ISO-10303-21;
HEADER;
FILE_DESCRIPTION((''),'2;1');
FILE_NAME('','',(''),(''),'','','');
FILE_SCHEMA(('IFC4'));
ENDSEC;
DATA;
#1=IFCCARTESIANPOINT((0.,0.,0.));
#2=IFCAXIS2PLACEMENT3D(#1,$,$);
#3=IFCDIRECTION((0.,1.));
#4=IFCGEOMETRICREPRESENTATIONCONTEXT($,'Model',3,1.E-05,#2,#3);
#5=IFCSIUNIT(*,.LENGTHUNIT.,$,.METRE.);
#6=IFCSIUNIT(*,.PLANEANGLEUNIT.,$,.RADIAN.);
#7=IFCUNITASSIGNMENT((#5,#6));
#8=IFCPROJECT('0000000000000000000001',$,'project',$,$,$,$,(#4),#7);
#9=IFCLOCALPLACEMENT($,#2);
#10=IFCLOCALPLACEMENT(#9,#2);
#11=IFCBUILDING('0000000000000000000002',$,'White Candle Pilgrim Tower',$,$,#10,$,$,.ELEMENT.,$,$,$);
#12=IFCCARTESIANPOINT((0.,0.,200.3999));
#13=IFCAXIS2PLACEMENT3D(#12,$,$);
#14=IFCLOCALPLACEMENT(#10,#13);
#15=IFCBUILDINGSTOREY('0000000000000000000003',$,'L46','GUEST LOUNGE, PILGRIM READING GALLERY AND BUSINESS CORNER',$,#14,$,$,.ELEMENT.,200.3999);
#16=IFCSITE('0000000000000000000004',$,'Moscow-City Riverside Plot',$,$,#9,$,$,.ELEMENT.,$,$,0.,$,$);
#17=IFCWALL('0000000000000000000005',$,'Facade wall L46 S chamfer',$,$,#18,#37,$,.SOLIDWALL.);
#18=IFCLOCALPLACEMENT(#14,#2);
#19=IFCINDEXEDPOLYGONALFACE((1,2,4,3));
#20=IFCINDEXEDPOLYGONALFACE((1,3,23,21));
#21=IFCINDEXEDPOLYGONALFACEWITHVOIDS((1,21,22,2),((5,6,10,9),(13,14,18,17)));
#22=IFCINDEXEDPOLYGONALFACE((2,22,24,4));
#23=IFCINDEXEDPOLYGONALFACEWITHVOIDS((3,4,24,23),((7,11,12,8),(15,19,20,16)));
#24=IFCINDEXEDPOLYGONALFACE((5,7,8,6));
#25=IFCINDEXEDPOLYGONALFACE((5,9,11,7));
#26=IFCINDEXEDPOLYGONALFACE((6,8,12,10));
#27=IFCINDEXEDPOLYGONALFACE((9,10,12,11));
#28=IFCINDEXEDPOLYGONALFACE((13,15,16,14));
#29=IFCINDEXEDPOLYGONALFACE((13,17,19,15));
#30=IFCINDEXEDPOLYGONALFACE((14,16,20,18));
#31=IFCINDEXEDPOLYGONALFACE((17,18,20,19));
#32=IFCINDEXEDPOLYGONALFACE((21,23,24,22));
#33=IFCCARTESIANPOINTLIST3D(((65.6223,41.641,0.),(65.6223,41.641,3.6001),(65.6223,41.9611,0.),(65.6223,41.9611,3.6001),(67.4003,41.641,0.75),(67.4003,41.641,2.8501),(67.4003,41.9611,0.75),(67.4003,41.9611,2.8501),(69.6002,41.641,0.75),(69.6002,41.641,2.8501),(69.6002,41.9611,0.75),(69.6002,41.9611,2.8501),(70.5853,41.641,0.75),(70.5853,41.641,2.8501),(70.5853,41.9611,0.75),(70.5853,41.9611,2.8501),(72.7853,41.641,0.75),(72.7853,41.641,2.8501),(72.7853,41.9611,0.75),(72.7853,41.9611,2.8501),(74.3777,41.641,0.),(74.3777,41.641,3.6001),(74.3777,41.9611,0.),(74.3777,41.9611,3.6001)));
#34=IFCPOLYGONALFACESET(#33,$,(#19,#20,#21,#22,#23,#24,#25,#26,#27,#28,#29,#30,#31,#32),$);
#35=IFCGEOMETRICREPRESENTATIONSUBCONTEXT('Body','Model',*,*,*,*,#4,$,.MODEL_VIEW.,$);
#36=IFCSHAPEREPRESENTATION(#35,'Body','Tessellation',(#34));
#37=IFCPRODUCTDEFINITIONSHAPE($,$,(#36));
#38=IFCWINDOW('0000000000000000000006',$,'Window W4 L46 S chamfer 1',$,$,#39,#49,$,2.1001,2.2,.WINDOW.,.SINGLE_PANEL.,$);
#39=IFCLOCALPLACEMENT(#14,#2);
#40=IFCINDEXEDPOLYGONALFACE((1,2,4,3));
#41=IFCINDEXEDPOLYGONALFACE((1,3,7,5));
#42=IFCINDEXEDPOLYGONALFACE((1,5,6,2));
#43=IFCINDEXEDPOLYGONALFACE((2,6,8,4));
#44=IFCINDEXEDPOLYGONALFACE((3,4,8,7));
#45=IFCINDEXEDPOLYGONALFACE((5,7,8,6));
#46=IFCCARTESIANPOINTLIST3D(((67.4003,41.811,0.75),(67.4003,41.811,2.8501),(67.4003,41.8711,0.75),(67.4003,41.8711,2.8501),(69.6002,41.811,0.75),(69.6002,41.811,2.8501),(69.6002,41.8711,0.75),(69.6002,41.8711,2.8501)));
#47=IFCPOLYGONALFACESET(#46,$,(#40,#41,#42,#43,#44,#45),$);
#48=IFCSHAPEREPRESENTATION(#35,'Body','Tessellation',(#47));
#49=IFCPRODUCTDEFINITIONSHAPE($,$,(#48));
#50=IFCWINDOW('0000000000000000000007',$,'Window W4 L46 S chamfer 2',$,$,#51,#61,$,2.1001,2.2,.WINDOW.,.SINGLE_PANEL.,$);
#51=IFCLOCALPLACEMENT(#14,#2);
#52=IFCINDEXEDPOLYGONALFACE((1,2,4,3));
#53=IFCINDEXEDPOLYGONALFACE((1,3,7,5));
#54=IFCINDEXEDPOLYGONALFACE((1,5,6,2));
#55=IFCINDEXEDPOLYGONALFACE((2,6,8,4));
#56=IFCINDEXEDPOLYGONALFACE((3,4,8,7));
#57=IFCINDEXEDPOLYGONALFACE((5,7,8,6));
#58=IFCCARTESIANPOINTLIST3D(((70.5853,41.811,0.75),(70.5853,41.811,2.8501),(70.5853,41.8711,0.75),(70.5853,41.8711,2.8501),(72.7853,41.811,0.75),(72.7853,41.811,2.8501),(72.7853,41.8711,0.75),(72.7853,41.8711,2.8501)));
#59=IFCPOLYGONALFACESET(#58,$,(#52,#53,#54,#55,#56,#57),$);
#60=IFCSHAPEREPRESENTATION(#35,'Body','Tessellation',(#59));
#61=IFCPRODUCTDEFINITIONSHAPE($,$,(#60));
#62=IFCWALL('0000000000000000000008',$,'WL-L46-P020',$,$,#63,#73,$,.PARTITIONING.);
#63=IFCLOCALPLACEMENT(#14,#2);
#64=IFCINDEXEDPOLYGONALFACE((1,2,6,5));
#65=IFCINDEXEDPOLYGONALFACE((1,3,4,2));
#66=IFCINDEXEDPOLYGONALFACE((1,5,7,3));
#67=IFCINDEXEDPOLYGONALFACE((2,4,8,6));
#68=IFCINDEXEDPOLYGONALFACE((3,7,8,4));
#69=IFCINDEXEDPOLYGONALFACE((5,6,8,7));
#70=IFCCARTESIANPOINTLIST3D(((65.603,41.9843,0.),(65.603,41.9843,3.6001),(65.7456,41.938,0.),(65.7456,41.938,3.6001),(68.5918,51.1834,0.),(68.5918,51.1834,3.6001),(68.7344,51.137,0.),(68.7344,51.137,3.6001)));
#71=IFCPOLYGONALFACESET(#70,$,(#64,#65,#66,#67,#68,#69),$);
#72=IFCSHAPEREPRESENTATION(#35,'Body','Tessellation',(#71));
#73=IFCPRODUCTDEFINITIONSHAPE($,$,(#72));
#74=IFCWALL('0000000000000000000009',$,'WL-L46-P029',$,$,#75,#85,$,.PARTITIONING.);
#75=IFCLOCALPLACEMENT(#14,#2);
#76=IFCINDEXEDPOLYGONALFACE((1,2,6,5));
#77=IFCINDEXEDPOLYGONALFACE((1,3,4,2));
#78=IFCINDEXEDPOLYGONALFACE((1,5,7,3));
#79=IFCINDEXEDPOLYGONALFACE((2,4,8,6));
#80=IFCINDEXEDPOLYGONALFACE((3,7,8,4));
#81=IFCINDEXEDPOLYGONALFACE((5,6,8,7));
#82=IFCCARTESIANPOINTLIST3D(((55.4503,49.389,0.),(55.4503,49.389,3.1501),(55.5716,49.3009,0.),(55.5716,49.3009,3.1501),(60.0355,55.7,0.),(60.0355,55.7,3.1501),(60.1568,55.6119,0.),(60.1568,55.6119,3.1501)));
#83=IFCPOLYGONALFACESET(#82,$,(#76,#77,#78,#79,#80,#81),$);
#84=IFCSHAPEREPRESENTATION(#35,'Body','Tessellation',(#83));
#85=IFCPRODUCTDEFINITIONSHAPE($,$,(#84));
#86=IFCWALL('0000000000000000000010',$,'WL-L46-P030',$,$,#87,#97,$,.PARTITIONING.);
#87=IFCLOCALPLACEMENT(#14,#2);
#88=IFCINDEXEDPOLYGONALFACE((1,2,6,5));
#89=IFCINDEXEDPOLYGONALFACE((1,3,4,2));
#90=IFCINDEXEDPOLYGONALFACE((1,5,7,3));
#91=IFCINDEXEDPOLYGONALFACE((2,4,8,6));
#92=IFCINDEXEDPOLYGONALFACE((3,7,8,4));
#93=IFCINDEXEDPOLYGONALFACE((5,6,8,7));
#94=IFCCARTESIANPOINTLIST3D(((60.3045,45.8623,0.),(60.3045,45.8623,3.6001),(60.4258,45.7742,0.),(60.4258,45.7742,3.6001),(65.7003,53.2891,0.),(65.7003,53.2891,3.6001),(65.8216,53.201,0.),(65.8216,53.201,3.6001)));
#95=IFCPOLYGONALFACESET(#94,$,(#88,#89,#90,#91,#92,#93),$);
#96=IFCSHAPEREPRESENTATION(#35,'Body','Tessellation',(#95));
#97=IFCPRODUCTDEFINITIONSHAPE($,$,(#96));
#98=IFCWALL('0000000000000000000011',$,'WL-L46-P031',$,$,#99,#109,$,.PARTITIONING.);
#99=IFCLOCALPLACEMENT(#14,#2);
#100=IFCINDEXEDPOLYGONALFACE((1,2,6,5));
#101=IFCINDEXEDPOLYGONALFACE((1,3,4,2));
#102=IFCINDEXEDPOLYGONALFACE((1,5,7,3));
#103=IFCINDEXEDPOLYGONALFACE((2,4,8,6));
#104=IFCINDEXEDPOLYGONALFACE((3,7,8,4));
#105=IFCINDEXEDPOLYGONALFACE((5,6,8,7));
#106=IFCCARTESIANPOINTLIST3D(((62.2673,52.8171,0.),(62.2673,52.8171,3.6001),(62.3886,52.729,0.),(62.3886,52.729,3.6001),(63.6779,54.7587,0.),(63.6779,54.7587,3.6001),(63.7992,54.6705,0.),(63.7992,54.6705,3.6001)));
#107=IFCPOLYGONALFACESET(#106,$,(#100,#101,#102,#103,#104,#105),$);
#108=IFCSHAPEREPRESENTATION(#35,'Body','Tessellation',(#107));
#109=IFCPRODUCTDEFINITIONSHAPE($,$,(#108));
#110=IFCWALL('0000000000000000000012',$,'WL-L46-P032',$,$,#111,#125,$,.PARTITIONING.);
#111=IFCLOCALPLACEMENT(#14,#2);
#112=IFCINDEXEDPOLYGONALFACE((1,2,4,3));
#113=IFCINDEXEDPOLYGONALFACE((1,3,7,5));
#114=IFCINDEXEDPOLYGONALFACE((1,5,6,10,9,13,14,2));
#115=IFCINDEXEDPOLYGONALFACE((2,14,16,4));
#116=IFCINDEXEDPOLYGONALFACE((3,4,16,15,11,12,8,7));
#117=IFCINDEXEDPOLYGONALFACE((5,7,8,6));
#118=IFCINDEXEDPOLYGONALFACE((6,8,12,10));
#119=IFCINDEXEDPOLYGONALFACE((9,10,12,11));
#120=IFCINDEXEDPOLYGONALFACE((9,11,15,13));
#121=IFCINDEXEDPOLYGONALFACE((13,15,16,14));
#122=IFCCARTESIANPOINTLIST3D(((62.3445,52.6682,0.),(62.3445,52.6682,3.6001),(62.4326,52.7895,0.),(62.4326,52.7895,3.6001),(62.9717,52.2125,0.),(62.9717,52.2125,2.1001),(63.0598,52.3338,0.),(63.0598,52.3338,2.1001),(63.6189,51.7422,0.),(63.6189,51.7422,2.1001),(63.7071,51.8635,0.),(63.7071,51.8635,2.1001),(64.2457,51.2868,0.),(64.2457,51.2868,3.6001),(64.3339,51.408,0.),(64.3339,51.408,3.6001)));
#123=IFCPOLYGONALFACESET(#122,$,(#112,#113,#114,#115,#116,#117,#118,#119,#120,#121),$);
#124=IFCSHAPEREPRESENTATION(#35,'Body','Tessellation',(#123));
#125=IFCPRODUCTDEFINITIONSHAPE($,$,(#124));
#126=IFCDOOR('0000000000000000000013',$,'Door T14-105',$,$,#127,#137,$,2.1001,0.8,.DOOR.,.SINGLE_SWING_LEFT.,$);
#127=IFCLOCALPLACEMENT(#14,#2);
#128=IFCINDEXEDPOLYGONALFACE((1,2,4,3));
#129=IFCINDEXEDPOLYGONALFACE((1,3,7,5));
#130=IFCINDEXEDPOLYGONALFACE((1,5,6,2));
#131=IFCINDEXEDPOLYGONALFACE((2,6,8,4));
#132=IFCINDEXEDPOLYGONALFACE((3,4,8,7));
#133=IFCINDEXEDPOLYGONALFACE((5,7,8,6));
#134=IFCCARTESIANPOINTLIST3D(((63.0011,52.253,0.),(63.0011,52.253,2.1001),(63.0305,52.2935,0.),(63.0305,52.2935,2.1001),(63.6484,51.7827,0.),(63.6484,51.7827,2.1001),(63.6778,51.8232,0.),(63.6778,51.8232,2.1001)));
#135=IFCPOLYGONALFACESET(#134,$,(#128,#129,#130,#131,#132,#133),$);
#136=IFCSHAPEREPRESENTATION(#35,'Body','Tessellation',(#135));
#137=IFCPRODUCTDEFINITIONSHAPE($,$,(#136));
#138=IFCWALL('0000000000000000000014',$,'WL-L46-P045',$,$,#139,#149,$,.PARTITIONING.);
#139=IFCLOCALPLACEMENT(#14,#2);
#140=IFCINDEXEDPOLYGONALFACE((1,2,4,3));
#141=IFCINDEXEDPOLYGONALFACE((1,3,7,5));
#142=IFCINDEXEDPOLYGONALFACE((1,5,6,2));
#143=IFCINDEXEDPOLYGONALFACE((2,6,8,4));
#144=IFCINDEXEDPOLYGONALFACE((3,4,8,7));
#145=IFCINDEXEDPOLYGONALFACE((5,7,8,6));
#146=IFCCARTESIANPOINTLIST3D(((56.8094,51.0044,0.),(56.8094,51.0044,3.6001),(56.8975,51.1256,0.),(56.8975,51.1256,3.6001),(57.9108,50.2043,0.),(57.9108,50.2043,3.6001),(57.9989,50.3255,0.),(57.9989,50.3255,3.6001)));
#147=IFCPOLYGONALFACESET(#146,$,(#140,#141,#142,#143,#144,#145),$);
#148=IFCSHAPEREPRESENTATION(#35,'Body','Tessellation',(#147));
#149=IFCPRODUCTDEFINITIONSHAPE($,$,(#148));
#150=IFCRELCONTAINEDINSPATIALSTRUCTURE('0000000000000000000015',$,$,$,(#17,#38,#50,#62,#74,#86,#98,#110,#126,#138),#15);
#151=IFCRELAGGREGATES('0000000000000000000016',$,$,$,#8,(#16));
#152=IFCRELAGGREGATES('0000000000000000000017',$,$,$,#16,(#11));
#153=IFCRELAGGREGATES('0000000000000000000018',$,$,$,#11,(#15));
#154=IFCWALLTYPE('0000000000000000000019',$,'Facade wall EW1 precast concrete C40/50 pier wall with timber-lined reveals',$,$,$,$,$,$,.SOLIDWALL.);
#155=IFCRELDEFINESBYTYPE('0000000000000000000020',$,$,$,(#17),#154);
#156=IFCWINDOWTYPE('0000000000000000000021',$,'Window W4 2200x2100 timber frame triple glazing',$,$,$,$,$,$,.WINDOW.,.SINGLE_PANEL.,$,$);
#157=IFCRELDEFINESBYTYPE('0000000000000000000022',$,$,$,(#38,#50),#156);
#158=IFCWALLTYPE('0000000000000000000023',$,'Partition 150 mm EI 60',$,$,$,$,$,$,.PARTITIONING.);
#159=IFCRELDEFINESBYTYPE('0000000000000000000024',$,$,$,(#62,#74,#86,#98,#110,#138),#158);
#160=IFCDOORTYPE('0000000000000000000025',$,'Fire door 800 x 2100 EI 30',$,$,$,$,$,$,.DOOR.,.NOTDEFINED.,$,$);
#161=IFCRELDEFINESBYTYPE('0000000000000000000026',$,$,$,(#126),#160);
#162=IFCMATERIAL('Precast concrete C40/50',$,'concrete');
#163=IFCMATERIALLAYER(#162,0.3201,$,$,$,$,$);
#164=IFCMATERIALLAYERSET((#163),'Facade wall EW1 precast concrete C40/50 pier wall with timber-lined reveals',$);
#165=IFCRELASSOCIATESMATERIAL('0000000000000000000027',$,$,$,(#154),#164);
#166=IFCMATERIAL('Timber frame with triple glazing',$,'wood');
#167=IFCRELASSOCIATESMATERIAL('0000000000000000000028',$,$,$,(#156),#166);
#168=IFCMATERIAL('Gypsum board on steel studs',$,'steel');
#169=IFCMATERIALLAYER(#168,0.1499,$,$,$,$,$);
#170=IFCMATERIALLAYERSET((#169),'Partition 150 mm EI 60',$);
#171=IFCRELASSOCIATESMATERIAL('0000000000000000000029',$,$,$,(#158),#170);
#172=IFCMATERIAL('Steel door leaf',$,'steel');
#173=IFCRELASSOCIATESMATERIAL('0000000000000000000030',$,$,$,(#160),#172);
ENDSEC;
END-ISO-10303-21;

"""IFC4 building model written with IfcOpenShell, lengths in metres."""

from ifc_helpers import new_model, si_unit, direction, frame, frame_2d, origin, place, context, subcontext, project, spatial, rectangle, extrude, material, layer, layer_set, type_object, element, fill, save


model = new_model("IFC4")

# Units and contexts
model_context = context("Model", 3, precision=1e-05, world=origin(), true_north=direction((0.0, 1.0)))
body_context = subcontext(model_context, "Body", "Model", "MODEL_VIEW")
ifc_project = project(units=[si_unit("LENGTHUNIT", "METRE"), si_unit("PLANEANGLEUNIT", "RADIAN")], contexts=[model_context])

# Site, building, storey
site_placement = place(None, origin())
site = spatial("IfcSite", under=ifc_project, at=site_placement, Name="Moscow-City Riverside Plot", CompositionType="ELEMENT", RefElevation=0.0)
building_placement = place(site_placement, origin())
building = spatial("IfcBuilding", under=site, at=building_placement, Name="White Candle Pilgrim Tower", CompositionType="ELEMENT")
storey_placement = place(building_placement, frame((0.0, 0.0, 200.3999)))
storey = spatial("IfcBuildingStorey", under=building, at=storey_placement, Name="L46", Description="GUEST LOUNGE, PILGRIM READING GALLERY AND BUSINESS CORNER", CompositionType="ELEMENT", Elevation=200.3999)

# Shared definitions
ifc_material_1 = material(Name="Gypsum board on steel studs", Category="steel")
ifc_material_2 = material(Name="Steel door leaf", Category="steel")

# Wall, openings, windows
ifc_material_3 = material(Name="Precast concrete C40/50", Category="concrete")
ifc_layer_1 = layer(ifc_material_3, 0.3201)
ifc_layer_set_1 = layer_set([ifc_layer_1], Name="Facade wall EW1 precast concrete C40/50 pier wall with timber-lined reveals")
wall_type_1 = type_object("IfcWallType", Name="Facade wall EW1 precast concrete C40/50 pier wall with timber-lined reveals", PredefinedType="SOLIDWALL", material=ifc_layer_set_1)
wall_1_placement = place(storey_placement, frame((65.6223, 41.801, 0.0), z_axis=(0.0, 0.0, 1.0), x_axis=(1.0, 0.0, 0.0)))
wall_1 = element("IfcWall", 1, at=wall_1_placement, inside=storey, type_object=wall_type_1, Name="Facade wall L46 S chamfer", PredefinedType="SOLIDWALL", context=body_context, shape_type="SweptSolid", body=[
    extrude(rectangle(XDim=8.7554, YDim=0.3201, at=frame_2d((4.3777, 0.0))), origin(), (0.0, 0.0, 1.0), 3.6001),
])
opening_1_placement = place(wall_1_placement, frame((1.7778, 0.0, 0.75)))
opening_1 = element("IfcOpeningElement", 2, at=opening_1_placement, cuts=wall_1, PredefinedType="OPENING", context=body_context, shape_type="SweptSolid", body=[
    extrude(rectangle(XDim=2.2, YDim=2.1001, at=frame_2d((1.1001, 1.05))), frame((0.0, 0.1699, 0.0), z_axis=(0.0, -1.0, 0.0), x_axis=(1.0, 0.0, 0.0)), (0.0, 0.0, 1.0), 0.3401),
])
opening_2_placement = place(wall_1_placement, frame((4.9629, 0.0, 0.75)))
opening_2 = element("IfcOpeningElement", 3, at=opening_2_placement, cuts=wall_1, PredefinedType="OPENING", context=body_context, shape_type="SweptSolid", body=[
    extrude(rectangle(XDim=2.2, YDim=2.1001, at=frame_2d((1.1001, 1.05))), frame((0.0, 0.1699, 0.0), z_axis=(0.0, -1.0, 0.0), x_axis=(1.0, 0.0, 0.0)), (0.0, 0.0, 1.0), 0.3401),
])
ifc_material_4 = material(Name="Timber frame with triple glazing", Category="wood")
window_type = type_object("IfcWindowType", Name="Window W4 2200x2100 timber frame triple glazing", PartitioningType="SINGLE_PANEL", PredefinedType="WINDOW", material=ifc_material_4)
window_1_placement = place(opening_1_placement, origin())
window_1 = element("IfcWindow", 4, at=window_1_placement, inside=storey, type_object=window_type, Name="Window W4 L46 S chamfer 1", OverallHeight=2.1001, OverallWidth=2.2, PartitioningType="SINGLE_PANEL", PredefinedType="WINDOW", context=body_context, shape_type="SweptSolid", body=[
    extrude(rectangle(XDim=2.2, YDim=2.1001, at=frame_2d((1.1001, 1.05))), frame((0.0, 0.0701, 0.0), z_axis=(0.0, -1.0, 0.0), x_axis=(1.0, 0.0, 0.0)), (0.0, 0.0, 1.0), 0.0601),
])
fill(opening_1, window_1)
window_2_placement = place(opening_2_placement, origin())
window_2 = element("IfcWindow", 5, at=window_2_placement, inside=storey, type_object=window_type, Name="Window W4 L46 S chamfer 2", OverallHeight=2.1001, OverallWidth=2.2, PartitioningType="SINGLE_PANEL", PredefinedType="WINDOW", context=body_context, shape_type="SweptSolid", body=[
    extrude(rectangle(XDim=2.2, YDim=2.1001, at=frame_2d((1.1001, 1.05))), frame((0.0, 0.0701, 0.0), z_axis=(0.0, -1.0, 0.0), x_axis=(1.0, 0.0, 0.0)), (0.0, 0.0, 1.0), 0.0601),
])
fill(opening_2, window_2)

# Walls
ifc_layer_2 = layer(ifc_material_1, 0.1499)
ifc_layer_set_2 = layer_set([ifc_layer_2], Name="Partition 150 mm EI 60")
wall_type_2 = type_object("IfcWallType", Name="Partition 150 mm EI 60", PredefinedType="PARTITIONING", material=ifc_layer_set_2)
wall_2_placement = place(storey_placement, frame((65.6743, 41.9612, 0.0), z_axis=(0.0, 0.0, 1.0), x_axis=(0.309002, 0.951061, 0.0)))
element("IfcWall", 6, at=wall_2_placement, inside=storey, type_object=wall_type_2, Name="WL-L46-P020", PredefinedType="PARTITIONING", context=body_context, shape_type="SweptSolid", body=[
    extrude(rectangle(XDim=9.6724, YDim=0.1499, at=frame_2d((4.8362, 0.0))), origin(), (0.0, 0.0, 1.0), 3.6001),
])
wall_3_placement = place(storey_placement, frame((55.511, 49.345, 0.0), z_axis=(0.0, 0.0, 1.0), x_axis=(0.587783, 0.809019, 0.0)))
element("IfcWall", 7, at=wall_3_placement, inside=storey, type_object=wall_type_2, Name="WL-L46-P029", PredefinedType="PARTITIONING", context=body_context, shape_type="SweptSolid", body=[
    extrude(rectangle(XDim=7.8008, YDim=0.1499, at=frame_2d((3.9004, 0.0))), origin(), (0.0, 0.0, 1.0), 3.1501),
])
wall_4_placement = place(storey_placement, frame((60.3652, 45.8184, 0.0), z_axis=(0.0, 0.0, 1.0), x_axis=(0.587778, 0.809022, 0.0)))
element("IfcWall", 8, at=wall_4_placement, inside=storey, type_object=wall_type_2, Name="WL-L46-P030", PredefinedType="PARTITIONING", context=body_context, shape_type="SweptSolid", body=[
    extrude(rectangle(XDim=9.1799, YDim=0.1499, at=frame_2d((4.5898, 0.0))), origin(), (0.0, 0.0, 1.0), 3.6001),
])
wall_5_placement = place(storey_placement, frame((63.7385, 54.7146, 0.0), z_axis=(0.0, 0.0, 1.0), x_axis=(-0.587772, -0.809026, 0.0)))
element("IfcWall", 9, at=wall_5_placement, inside=storey, type_object=wall_type_2, Name="WL-L46-P031", PredefinedType="PARTITIONING", context=body_context, shape_type="SweptSolid", body=[
    extrude(rectangle(XDim=2.3999, YDim=0.1499, at=frame_2d((1.2, 0.0))), origin(), (0.0, 0.0, 1.0), 3.6001),
])

# Wall, opening, door
wall_6_placement = place(storey_placement, frame((64.2898, 51.3474, 0.0), z_axis=(0.0, 0.0, 1.0), x_axis=(-0.808997, 0.587813, 0.0)))
wall_6 = element("IfcWall", 10, at=wall_6_placement, inside=storey, type_object=wall_type_2, Name="WL-L46-P032", PredefinedType="PARTITIONING", context=body_context, shape_type="SweptSolid", body=[
    extrude(rectangle(XDim=2.3501, YDim=0.1499, at=frame_2d((1.175, 0.0))), origin(), (0.0, 0.0, 1.0), 3.6001),
])
opening_3_placement = place(wall_6_placement, frame((0.7749, 0.0, 0.0)))
opening_3 = element("IfcOpeningElement", 11, at=opening_3_placement, cuts=wall_6, PredefinedType="OPENING", context=body_context, shape_type="SweptSolid", body=[
    extrude(rectangle(XDim=0.8, YDim=2.1001, at=frame_2d((0.3999, 1.05))), frame((0.0, 0.085, 0.0), z_axis=(0.0, -1.0, 0.0), x_axis=(1.0, 0.0, 0.0)), (0.0, 0.0, 1.0), 0.1699),
])
door_type_1 = type_object("IfcDoorType", Name="Fire door 800 x 2100 EI 30", OperationType="NOTDEFINED", PredefinedType="DOOR", material=ifc_material_2)
door_1_placement = place(opening_3_placement, origin())
door_1 = element("IfcDoor", 12, at=door_1_placement, inside=storey, type_object=door_type_1, Name="Door T14-105", OperationType="SINGLE_SWING_LEFT", OverallHeight=2.1001, OverallWidth=0.8, PredefinedType="DOOR", context=body_context, shape_type="SweptSolid", body=[
    extrude(rectangle(XDim=0.8, YDim=2.1001, at=frame_2d((0.3999, 1.05))), frame((0.0, 0.0249, 0.0), z_axis=(0.0, -1.0, 0.0), x_axis=(1.0, 0.0, 0.0)), (0.0, 0.0, 1.0), 0.05),
])
fill(opening_3, door_1)

# Wall
wall_7_placement = place(storey_placement, frame((57.9548, 50.2649, 0.0), z_axis=(0.0, 0.0, 1.0), x_axis=(-0.809054, 0.587734, 0.0)))
element("IfcWall", 13, at=wall_7_placement, inside=storey, type_object=wall_type_2, Name="WL-L46-P045", PredefinedType="PARTITIONING", context=body_context, shape_type="SweptSolid", body=[
    extrude(rectangle(XDim=1.3613, YDim=0.1499, at=frame_2d((0.6807, 0.0))), origin(), (0.0, 0.0, 1.0), 3.6001),
])

save(model, "model.ifc")
